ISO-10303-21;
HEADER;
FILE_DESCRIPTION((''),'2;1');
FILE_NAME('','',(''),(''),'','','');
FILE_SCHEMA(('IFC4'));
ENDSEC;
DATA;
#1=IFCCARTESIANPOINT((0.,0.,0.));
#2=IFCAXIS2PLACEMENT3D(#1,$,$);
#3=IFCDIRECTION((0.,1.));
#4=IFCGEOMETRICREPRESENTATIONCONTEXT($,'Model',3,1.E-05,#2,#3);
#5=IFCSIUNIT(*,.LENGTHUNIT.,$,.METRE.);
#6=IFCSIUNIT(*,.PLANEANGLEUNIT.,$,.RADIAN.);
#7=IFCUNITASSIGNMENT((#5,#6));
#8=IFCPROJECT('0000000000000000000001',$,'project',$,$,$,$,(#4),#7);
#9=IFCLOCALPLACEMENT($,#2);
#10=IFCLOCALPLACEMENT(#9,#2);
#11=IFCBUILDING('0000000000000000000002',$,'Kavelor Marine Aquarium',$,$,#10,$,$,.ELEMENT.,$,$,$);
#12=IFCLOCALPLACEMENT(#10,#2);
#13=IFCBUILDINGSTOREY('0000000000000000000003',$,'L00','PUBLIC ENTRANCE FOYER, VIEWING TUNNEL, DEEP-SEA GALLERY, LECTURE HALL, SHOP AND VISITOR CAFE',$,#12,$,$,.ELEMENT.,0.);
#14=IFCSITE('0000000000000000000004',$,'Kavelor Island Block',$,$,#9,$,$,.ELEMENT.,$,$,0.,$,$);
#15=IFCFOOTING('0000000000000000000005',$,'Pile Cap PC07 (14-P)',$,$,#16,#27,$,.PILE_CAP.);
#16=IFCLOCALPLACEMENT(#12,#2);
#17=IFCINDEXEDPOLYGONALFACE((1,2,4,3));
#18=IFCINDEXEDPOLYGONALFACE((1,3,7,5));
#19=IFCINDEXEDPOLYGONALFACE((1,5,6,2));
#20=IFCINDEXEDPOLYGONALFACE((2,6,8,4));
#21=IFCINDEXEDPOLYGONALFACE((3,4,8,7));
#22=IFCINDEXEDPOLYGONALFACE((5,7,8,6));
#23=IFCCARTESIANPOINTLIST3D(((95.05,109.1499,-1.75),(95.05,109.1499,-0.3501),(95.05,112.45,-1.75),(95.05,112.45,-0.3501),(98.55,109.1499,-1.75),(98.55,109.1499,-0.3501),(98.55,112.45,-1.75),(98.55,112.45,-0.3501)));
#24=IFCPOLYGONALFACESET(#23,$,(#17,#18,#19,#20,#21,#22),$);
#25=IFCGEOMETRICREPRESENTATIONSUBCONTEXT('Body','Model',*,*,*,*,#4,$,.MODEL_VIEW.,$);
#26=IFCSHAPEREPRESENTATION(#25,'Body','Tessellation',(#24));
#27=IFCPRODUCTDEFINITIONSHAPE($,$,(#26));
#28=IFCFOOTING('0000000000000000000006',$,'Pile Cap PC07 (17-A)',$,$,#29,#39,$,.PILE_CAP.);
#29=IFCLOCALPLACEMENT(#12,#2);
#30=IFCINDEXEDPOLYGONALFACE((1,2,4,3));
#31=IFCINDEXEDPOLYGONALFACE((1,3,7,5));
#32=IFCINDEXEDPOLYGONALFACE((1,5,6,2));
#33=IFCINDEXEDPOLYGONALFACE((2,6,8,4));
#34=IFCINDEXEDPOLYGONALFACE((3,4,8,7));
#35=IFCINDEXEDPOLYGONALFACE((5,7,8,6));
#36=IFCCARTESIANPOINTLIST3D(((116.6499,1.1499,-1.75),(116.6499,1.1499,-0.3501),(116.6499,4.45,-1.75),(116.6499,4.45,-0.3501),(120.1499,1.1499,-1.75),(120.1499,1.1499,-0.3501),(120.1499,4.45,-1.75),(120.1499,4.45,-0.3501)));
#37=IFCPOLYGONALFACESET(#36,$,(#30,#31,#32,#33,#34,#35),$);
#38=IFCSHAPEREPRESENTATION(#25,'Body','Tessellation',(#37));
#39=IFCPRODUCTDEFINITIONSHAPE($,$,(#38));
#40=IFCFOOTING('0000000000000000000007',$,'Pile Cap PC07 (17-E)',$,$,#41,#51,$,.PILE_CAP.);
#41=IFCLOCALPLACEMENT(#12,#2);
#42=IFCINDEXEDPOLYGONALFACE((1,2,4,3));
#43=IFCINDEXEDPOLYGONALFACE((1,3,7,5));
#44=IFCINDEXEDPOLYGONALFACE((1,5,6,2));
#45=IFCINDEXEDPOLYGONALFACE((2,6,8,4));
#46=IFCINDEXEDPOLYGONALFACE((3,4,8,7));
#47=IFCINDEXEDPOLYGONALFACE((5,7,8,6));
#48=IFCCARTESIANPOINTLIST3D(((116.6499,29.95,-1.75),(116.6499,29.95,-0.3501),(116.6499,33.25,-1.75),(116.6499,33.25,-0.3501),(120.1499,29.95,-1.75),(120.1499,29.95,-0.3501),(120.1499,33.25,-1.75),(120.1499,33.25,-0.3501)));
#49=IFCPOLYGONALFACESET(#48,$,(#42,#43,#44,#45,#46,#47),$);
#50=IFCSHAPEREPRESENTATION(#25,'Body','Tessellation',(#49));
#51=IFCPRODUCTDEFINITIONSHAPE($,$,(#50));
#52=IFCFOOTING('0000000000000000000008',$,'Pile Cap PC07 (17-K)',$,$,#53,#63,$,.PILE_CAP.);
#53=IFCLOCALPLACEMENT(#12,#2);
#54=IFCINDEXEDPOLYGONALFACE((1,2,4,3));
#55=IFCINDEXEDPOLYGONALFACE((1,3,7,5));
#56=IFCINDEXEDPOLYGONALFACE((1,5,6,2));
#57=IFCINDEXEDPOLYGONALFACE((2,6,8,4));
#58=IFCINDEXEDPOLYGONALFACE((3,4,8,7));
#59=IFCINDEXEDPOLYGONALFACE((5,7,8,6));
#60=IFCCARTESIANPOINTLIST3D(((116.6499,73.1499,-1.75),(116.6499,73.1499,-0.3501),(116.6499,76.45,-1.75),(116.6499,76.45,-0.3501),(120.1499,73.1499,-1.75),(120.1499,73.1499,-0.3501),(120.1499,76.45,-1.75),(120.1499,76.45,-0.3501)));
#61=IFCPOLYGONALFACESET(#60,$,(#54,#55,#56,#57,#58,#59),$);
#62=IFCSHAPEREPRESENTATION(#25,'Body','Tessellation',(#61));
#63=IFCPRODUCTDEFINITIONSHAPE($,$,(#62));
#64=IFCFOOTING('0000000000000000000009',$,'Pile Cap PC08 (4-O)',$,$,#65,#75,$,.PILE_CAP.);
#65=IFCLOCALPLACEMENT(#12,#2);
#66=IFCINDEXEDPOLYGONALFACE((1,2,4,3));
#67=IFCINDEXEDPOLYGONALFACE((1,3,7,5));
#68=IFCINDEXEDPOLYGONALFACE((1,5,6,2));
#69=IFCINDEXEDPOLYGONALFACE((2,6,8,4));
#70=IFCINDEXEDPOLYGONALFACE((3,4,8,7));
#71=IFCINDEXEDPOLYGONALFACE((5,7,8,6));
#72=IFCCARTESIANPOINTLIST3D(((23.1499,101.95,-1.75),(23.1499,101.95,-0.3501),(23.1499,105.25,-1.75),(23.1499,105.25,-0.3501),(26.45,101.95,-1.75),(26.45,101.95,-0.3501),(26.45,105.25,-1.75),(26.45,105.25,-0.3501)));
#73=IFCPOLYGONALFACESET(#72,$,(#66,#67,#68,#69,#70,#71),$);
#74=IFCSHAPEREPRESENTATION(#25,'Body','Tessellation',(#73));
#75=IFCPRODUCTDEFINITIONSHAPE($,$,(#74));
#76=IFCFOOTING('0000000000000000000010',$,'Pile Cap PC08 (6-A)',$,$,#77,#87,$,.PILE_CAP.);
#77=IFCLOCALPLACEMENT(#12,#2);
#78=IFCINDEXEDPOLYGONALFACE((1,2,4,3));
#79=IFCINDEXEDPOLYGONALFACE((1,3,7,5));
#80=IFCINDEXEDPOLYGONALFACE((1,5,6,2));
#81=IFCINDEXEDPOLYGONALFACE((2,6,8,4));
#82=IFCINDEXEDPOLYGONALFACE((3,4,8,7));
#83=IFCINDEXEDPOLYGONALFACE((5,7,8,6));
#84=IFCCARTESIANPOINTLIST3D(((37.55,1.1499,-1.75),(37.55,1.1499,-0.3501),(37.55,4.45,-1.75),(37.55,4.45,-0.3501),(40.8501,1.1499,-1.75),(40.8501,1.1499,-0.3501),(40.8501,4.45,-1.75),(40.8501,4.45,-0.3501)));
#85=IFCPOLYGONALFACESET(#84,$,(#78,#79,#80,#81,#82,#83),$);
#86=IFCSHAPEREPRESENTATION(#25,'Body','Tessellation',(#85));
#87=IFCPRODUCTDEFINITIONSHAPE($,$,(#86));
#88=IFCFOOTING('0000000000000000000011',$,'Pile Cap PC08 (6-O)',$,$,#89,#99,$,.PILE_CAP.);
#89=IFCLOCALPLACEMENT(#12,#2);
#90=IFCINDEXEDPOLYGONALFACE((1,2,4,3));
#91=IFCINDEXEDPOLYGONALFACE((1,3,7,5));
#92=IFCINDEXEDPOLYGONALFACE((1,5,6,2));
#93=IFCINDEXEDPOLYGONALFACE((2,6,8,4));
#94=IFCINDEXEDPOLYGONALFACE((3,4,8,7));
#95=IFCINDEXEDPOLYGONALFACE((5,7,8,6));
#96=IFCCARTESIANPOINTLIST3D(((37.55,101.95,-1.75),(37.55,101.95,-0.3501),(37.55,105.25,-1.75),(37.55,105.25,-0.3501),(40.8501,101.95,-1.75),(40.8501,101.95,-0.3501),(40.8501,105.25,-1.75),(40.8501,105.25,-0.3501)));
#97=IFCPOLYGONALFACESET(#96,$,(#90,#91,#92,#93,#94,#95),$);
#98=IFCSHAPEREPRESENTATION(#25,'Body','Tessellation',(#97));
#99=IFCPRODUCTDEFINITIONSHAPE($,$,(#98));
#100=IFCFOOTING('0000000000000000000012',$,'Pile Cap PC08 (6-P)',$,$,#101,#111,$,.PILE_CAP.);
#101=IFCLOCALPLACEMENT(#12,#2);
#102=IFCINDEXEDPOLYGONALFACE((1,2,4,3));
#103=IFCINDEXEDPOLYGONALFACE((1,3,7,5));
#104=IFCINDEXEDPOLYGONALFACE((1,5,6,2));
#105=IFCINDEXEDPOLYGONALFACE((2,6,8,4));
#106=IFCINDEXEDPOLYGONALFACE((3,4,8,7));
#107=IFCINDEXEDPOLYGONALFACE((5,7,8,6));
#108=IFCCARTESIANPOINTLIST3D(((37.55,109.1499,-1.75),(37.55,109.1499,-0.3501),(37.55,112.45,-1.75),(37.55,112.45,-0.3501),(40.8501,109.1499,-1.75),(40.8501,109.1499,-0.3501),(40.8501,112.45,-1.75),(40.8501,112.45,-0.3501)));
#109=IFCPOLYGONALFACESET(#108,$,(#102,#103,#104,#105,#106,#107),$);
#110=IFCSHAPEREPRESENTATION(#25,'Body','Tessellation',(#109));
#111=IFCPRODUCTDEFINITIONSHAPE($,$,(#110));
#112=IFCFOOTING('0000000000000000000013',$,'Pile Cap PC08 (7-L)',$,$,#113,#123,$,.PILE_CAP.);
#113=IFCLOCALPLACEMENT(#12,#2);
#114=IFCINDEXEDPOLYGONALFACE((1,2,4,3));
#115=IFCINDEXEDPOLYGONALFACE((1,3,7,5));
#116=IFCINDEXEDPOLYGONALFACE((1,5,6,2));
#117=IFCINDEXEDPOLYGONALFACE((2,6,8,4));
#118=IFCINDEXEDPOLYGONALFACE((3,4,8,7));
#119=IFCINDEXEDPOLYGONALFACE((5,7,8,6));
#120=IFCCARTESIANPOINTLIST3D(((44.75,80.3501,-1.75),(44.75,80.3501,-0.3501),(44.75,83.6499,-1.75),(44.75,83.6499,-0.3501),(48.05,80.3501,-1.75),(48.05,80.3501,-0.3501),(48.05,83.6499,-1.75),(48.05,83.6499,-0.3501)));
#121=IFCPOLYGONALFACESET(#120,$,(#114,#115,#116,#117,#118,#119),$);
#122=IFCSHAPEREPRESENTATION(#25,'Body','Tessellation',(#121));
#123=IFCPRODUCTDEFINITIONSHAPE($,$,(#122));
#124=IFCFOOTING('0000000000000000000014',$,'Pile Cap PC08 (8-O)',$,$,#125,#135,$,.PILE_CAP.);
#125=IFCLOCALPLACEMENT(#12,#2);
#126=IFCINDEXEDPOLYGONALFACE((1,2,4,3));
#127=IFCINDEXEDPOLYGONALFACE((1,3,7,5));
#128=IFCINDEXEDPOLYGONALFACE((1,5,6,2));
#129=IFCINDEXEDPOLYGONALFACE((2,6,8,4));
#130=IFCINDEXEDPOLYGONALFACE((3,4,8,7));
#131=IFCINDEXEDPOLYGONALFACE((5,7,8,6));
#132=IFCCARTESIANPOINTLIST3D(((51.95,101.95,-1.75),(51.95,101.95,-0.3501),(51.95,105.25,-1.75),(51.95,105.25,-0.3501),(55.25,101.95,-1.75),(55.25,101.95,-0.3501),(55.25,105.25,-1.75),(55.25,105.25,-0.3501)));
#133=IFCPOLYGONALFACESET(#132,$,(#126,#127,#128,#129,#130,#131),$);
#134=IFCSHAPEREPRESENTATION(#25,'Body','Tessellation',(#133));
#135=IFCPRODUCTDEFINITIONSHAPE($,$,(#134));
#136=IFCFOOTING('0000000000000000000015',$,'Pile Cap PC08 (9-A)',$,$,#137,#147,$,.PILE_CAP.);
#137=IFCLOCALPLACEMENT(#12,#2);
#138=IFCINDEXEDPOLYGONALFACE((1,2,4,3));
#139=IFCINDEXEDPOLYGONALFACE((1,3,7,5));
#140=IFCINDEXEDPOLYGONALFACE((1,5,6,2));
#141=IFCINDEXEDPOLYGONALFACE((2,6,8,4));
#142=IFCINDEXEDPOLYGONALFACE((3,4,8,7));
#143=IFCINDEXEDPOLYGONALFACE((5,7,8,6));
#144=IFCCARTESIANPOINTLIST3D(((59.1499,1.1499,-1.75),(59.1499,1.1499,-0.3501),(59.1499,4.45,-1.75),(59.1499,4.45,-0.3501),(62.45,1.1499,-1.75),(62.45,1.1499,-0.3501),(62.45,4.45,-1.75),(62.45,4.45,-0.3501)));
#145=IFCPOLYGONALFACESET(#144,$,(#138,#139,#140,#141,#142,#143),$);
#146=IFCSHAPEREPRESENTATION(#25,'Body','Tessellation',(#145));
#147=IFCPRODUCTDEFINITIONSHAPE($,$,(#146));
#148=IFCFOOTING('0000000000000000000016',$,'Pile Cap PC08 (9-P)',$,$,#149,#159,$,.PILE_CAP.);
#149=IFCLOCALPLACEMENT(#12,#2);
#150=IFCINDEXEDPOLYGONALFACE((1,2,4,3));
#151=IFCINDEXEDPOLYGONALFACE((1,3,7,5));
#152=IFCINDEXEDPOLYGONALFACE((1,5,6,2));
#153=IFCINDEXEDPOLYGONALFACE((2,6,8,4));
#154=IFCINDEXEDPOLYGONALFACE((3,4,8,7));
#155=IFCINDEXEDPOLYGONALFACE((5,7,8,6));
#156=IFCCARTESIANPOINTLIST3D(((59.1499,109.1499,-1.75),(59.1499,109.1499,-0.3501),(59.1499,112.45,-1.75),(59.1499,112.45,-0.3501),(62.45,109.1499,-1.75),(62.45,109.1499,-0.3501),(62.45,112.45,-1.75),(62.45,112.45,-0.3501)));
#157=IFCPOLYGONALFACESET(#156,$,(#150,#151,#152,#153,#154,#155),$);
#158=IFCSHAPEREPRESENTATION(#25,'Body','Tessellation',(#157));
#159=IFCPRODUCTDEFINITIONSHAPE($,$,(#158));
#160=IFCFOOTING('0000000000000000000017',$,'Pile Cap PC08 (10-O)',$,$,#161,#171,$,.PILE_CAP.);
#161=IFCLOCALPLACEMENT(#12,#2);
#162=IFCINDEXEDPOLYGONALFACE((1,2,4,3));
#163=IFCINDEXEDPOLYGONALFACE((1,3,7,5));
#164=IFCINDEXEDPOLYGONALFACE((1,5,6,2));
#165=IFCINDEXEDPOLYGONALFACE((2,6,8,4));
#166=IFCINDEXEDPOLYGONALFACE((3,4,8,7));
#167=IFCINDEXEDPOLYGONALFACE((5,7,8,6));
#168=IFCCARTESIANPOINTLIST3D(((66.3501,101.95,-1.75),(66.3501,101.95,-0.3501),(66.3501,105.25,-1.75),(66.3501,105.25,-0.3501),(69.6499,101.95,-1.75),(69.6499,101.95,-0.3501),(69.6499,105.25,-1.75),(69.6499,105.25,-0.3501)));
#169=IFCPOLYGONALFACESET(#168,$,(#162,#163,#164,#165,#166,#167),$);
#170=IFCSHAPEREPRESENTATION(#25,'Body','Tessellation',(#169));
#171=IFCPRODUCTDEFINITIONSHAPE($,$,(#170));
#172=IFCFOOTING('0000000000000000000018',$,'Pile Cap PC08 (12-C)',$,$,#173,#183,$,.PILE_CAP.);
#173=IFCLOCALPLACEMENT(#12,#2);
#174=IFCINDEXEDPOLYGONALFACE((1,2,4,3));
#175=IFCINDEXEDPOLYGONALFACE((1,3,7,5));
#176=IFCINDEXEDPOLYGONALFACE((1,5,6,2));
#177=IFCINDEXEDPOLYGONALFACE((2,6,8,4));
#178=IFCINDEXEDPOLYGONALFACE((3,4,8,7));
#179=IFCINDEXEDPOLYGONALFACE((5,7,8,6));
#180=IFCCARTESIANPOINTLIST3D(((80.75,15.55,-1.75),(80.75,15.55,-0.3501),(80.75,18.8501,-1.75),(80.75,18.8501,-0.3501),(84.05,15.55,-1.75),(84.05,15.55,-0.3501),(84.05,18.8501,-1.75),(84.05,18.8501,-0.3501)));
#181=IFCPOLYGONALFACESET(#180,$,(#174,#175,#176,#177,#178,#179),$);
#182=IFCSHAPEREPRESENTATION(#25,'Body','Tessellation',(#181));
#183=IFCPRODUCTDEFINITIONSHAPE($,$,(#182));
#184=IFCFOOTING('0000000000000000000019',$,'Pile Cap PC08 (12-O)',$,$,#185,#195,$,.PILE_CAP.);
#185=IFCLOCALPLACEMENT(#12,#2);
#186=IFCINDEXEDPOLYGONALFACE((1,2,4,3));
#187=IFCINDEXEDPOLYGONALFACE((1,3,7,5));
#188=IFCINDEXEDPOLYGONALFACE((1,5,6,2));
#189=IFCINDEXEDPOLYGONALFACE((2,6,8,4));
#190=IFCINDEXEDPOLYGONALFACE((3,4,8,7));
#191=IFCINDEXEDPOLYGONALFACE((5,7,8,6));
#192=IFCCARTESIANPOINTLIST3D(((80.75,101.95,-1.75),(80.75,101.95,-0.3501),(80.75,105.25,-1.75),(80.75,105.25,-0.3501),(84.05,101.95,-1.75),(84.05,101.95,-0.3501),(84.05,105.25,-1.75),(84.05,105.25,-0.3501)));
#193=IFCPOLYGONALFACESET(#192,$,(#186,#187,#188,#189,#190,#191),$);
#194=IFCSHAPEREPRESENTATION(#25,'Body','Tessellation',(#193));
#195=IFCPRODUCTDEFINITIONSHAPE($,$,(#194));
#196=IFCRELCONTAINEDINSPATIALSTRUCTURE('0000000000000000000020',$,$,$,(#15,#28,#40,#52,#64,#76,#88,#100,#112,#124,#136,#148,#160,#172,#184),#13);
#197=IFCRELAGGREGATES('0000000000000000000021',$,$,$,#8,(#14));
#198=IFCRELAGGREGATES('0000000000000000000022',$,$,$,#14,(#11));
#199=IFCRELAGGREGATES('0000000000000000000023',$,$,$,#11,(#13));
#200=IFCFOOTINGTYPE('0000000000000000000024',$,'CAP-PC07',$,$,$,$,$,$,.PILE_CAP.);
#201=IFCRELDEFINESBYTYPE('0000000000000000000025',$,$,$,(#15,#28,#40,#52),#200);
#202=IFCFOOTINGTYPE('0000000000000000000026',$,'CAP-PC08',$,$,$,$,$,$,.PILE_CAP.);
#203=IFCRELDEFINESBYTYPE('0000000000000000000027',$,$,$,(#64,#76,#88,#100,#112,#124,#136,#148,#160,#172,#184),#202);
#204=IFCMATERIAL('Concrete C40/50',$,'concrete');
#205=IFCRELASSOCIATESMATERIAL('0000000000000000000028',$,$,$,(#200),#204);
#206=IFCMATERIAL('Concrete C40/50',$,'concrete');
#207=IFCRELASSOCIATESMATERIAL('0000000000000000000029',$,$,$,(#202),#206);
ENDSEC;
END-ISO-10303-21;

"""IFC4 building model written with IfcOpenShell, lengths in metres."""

from ifc_helpers import new_model, si_unit, direction, frame, origin, place, context, subcontext, project, spatial, polyline, outline, extrude, material, type_object, element, save


model = new_model("IFC4")

# Units and contexts
model_context = context("Model", 3, precision=1e-05, world=origin(), true_north=direction((0.0, 1.0)))
body_context = subcontext(model_context, "Body", "Model", "MODEL_VIEW")
ifc_project = project(units=[si_unit("LENGTHUNIT", "METRE"), si_unit("PLANEANGLEUNIT", "RADIAN")], contexts=[model_context])

# Site, building, storey
site_placement = place(None, origin())
site = spatial("IfcSite", under=ifc_project, at=site_placement, Name="Kavelor Island Block", CompositionType="ELEMENT", RefElevation=0.0)
building_placement = place(site_placement, origin())
building = spatial("IfcBuilding", under=site, at=building_placement, Name="Kavelor Marine Aquarium", CompositionType="ELEMENT")
storey_placement = place(building_placement, origin())
storey = spatial("IfcBuildingStorey", under=building, at=storey_placement, Name="L00", Description="PUBLIC ENTRANCE FOYER, VIEWING TUNNEL, DEEP-SEA GALLERY, LECTURE HALL, SHOP AND VISITOR CAFE", CompositionType="ELEMENT", Elevation=0.0)

# Footings
ifc_material_1 = material(Name="Concrete C40/50", Category="concrete")
footing_type_1 = type_object("IfcFootingType", Name="CAP-PC07", PredefinedType="PILE_CAP", material=ifc_material_1)
footing_1_placement = place(storey_placement, frame((0.0, 0.0, -1.75)))
element("IfcFooting", 1, at=footing_1_placement, inside=storey, type_object=footing_type_1, Name="Pile Cap PC07 (14-P)", PredefinedType="PILE_CAP", context=body_context, shape_type="SweptSolid", body=[
    extrude(outline(polyline([(95.05, 109.1499), (98.55, 109.1499), (98.55, 112.45), (95.05, 112.45), (95.05, 109.1499)])), origin(), (0.0, 0.0, 1.0), 1.3999),
])
footing_2_placement = place(storey_placement, frame((0.0, 0.0, -1.75)))
element("IfcFooting", 2, at=footing_2_placement, inside=storey, type_object=footing_type_1, Name="Pile Cap PC07 (17-A)", PredefinedType="PILE_CAP", context=body_context, shape_type="SweptSolid", body=[
    extrude(outline(polyline([(116.6499, 1.1499), (120.1499, 1.1499), (120.1499, 4.45), (116.6499, 4.45), (116.6499, 1.1499)])), origin(), (0.0, 0.0, 1.0), 1.3999),
])
footing_3_placement = place(storey_placement, frame((0.0, 0.0, -1.75)))
element("IfcFooting", 3, at=footing_3_placement, inside=storey, type_object=footing_type_1, Name="Pile Cap PC07 (17-E)", PredefinedType="PILE_CAP", context=body_context, shape_type="SweptSolid", body=[
    extrude(outline(polyline([(116.6499, 29.95), (120.1499, 29.95), (120.1499, 33.25), (116.6499, 33.25), (116.6499, 29.95)])), origin(), (0.0, 0.0, 1.0), 1.3999),
])
footing_4_placement = place(storey_placement, frame((0.0, 0.0, -1.75)))
element("IfcFooting", 4, at=footing_4_placement, inside=storey, type_object=footing_type_1, Name="Pile Cap PC07 (17-K)", PredefinedType="PILE_CAP", context=body_context, shape_type="SweptSolid", body=[
    extrude(outline(polyline([(116.6499, 73.1499), (120.1499, 73.1499), (120.1499, 76.45), (116.6499, 76.45), (116.6499, 73.1499)])), origin(), (0.0, 0.0, 1.0), 1.3999),
])
ifc_material_2 = material(Name="Concrete C40/50", Category="concrete")
footing_type_2 = type_object("IfcFootingType", Name="CAP-PC08", PredefinedType="PILE_CAP", material=ifc_material_2)
footing_5_placement = place(storey_placement, frame((0.0, 0.0, -1.75)))
element("IfcFooting", 5, at=footing_5_placement, inside=storey, type_object=footing_type_2, Name="Pile Cap PC08 (4-O)", PredefinedType="PILE_CAP", context=body_context, shape_type="SweptSolid", body=[
    extrude(outline(polyline([(23.1499, 101.95), (26.45, 101.95), (26.45, 105.25), (23.1499, 105.25), (23.1499, 101.95)])), origin(), (0.0, 0.0, 1.0), 1.3999),
])
footing_6_placement = place(storey_placement, frame((0.0, 0.0, -1.75)))
element("IfcFooting", 6, at=footing_6_placement, inside=storey, type_object=footing_type_2, Name="Pile Cap PC08 (6-A)", PredefinedType="PILE_CAP", context=body_context, shape_type="SweptSolid", body=[
    extrude(outline(polyline([(37.55, 1.1499), (40.8501, 1.1499), (40.8501, 4.45), (37.55, 4.45), (37.55, 1.1499)])), origin(), (0.0, 0.0, 1.0), 1.3999),
])
footing_7_placement = place(storey_placement, frame((0.0, 0.0, -1.75)))
element("IfcFooting", 7, at=footing_7_placement, inside=storey, type_object=footing_type_2, Name="Pile Cap PC08 (6-O)", PredefinedType="PILE_CAP", context=body_context, shape_type="SweptSolid", body=[
    extrude(outline(polyline([(37.55, 101.95), (40.8501, 101.95), (40.8501, 105.25), (37.55, 105.25), (37.55, 101.95)])), origin(), (0.0, 0.0, 1.0), 1.3999),
])
footing_8_placement = place(storey_placement, frame((0.0, 0.0, -1.75)))
element("IfcFooting", 8, at=footing_8_placement, inside=storey, type_object=footing_type_2, Name="Pile Cap PC08 (6-P)", PredefinedType="PILE_CAP", context=body_context, shape_type="SweptSolid", body=[
    extrude(outline(polyline([(37.55, 109.1499), (40.8501, 109.1499), (40.8501, 112.45), (37.55, 112.45), (37.55, 109.1499)])), origin(), (0.0, 0.0, 1.0), 1.3999),
])
footing_9_placement = place(storey_placement, frame((0.0, 0.0, -1.75)))
element("IfcFooting", 9, at=footing_9_placement, inside=storey, type_object=footing_type_2, Name="Pile Cap PC08 (7-L)", PredefinedType="PILE_CAP", context=body_context, shape_type="SweptSolid", body=[
    extrude(outline(polyline([(44.75, 80.3501), (48.05, 80.3501), (48.05, 83.6499), (44.75, 83.6499), (44.75, 80.3501)])), origin(), (0.0, 0.0, 1.0), 1.3999),
])
footing_10_placement = place(storey_placement, frame((0.0, 0.0, -1.75)))
element("IfcFooting", 10, at=footing_10_placement, inside=storey, type_object=footing_type_2, Name="Pile Cap PC08 (8-O)", PredefinedType="PILE_CAP", context=body_context, shape_type="SweptSolid", body=[
    extrude(outline(polyline([(51.95, 101.95), (55.25, 101.95), (55.25, 105.25), (51.95, 105.25), (51.95, 101.95)])), origin(), (0.0, 0.0, 1.0), 1.3999),
])
footing_11_placement = place(storey_placement, frame((0.0, 0.0, -1.75)))
element("IfcFooting", 11, at=footing_11_placement, inside=storey, type_object=footing_type_2, Name="Pile Cap PC08 (9-A)", PredefinedType="PILE_CAP", context=body_context, shape_type="SweptSolid", body=[
    extrude(outline(polyline([(59.1499, 1.1499), (62.45, 1.1499), (62.45, 4.45), (59.1499, 4.45), (59.1499, 1.1499)])), origin(), (0.0, 0.0, 1.0), 1.3999),
])
footing_12_placement = place(storey_placement, frame((0.0, 0.0, -1.75)))
element("IfcFooting", 12, at=footing_12_placement, inside=storey, type_object=footing_type_2, Name="Pile Cap PC08 (9-P)", PredefinedType="PILE_CAP", context=body_context, shape_type="SweptSolid", body=[
    extrude(outline(polyline([(59.1499, 109.1499), (62.45, 109.1499), (62.45, 112.45), (59.1499, 112.45), (59.1499, 109.1499)])), origin(), (0.0, 0.0, 1.0), 1.3999),
])
footing_13_placement = place(storey_placement, frame((0.0, 0.0, -1.75)))
element("IfcFooting", 13, at=footing_13_placement, inside=storey, type_object=footing_type_2, Name="Pile Cap PC08 (10-O)", PredefinedType="PILE_CAP", context=body_context, shape_type="SweptSolid", body=[
    extrude(outline(polyline([(66.3501, 101.95), (69.6499, 101.95), (69.6499, 105.25), (66.3501, 105.25), (66.3501, 101.95)])), origin(), (0.0, 0.0, 1.0), 1.3999),
])
footing_14_placement = place(storey_placement, frame((0.0, 0.0, -1.75)))
element("IfcFooting", 14, at=footing_14_placement, inside=storey, type_object=footing_type_2, Name="Pile Cap PC08 (12-C)", PredefinedType="PILE_CAP", context=body_context, shape_type="SweptSolid", body=[
    extrude(outline(polyline([(80.75, 15.55), (84.05, 15.55), (84.05, 18.8501), (80.75, 18.8501), (80.75, 15.55)])), origin(), (0.0, 0.0, 1.0), 1.3999),
])
footing_15_placement = place(storey_placement, frame((0.0, 0.0, -1.75)))
element("IfcFooting", 15, at=footing_15_placement, inside=storey, type_object=footing_type_2, Name="Pile Cap PC08 (12-O)", PredefinedType="PILE_CAP", context=body_context, shape_type="SweptSolid", body=[
    extrude(outline(polyline([(80.75, 101.95), (84.05, 101.95), (84.05, 105.25), (80.75, 105.25), (80.75, 101.95)])), origin(), (0.0, 0.0, 1.0), 1.3999),
])

save(model, "model.ifc")
